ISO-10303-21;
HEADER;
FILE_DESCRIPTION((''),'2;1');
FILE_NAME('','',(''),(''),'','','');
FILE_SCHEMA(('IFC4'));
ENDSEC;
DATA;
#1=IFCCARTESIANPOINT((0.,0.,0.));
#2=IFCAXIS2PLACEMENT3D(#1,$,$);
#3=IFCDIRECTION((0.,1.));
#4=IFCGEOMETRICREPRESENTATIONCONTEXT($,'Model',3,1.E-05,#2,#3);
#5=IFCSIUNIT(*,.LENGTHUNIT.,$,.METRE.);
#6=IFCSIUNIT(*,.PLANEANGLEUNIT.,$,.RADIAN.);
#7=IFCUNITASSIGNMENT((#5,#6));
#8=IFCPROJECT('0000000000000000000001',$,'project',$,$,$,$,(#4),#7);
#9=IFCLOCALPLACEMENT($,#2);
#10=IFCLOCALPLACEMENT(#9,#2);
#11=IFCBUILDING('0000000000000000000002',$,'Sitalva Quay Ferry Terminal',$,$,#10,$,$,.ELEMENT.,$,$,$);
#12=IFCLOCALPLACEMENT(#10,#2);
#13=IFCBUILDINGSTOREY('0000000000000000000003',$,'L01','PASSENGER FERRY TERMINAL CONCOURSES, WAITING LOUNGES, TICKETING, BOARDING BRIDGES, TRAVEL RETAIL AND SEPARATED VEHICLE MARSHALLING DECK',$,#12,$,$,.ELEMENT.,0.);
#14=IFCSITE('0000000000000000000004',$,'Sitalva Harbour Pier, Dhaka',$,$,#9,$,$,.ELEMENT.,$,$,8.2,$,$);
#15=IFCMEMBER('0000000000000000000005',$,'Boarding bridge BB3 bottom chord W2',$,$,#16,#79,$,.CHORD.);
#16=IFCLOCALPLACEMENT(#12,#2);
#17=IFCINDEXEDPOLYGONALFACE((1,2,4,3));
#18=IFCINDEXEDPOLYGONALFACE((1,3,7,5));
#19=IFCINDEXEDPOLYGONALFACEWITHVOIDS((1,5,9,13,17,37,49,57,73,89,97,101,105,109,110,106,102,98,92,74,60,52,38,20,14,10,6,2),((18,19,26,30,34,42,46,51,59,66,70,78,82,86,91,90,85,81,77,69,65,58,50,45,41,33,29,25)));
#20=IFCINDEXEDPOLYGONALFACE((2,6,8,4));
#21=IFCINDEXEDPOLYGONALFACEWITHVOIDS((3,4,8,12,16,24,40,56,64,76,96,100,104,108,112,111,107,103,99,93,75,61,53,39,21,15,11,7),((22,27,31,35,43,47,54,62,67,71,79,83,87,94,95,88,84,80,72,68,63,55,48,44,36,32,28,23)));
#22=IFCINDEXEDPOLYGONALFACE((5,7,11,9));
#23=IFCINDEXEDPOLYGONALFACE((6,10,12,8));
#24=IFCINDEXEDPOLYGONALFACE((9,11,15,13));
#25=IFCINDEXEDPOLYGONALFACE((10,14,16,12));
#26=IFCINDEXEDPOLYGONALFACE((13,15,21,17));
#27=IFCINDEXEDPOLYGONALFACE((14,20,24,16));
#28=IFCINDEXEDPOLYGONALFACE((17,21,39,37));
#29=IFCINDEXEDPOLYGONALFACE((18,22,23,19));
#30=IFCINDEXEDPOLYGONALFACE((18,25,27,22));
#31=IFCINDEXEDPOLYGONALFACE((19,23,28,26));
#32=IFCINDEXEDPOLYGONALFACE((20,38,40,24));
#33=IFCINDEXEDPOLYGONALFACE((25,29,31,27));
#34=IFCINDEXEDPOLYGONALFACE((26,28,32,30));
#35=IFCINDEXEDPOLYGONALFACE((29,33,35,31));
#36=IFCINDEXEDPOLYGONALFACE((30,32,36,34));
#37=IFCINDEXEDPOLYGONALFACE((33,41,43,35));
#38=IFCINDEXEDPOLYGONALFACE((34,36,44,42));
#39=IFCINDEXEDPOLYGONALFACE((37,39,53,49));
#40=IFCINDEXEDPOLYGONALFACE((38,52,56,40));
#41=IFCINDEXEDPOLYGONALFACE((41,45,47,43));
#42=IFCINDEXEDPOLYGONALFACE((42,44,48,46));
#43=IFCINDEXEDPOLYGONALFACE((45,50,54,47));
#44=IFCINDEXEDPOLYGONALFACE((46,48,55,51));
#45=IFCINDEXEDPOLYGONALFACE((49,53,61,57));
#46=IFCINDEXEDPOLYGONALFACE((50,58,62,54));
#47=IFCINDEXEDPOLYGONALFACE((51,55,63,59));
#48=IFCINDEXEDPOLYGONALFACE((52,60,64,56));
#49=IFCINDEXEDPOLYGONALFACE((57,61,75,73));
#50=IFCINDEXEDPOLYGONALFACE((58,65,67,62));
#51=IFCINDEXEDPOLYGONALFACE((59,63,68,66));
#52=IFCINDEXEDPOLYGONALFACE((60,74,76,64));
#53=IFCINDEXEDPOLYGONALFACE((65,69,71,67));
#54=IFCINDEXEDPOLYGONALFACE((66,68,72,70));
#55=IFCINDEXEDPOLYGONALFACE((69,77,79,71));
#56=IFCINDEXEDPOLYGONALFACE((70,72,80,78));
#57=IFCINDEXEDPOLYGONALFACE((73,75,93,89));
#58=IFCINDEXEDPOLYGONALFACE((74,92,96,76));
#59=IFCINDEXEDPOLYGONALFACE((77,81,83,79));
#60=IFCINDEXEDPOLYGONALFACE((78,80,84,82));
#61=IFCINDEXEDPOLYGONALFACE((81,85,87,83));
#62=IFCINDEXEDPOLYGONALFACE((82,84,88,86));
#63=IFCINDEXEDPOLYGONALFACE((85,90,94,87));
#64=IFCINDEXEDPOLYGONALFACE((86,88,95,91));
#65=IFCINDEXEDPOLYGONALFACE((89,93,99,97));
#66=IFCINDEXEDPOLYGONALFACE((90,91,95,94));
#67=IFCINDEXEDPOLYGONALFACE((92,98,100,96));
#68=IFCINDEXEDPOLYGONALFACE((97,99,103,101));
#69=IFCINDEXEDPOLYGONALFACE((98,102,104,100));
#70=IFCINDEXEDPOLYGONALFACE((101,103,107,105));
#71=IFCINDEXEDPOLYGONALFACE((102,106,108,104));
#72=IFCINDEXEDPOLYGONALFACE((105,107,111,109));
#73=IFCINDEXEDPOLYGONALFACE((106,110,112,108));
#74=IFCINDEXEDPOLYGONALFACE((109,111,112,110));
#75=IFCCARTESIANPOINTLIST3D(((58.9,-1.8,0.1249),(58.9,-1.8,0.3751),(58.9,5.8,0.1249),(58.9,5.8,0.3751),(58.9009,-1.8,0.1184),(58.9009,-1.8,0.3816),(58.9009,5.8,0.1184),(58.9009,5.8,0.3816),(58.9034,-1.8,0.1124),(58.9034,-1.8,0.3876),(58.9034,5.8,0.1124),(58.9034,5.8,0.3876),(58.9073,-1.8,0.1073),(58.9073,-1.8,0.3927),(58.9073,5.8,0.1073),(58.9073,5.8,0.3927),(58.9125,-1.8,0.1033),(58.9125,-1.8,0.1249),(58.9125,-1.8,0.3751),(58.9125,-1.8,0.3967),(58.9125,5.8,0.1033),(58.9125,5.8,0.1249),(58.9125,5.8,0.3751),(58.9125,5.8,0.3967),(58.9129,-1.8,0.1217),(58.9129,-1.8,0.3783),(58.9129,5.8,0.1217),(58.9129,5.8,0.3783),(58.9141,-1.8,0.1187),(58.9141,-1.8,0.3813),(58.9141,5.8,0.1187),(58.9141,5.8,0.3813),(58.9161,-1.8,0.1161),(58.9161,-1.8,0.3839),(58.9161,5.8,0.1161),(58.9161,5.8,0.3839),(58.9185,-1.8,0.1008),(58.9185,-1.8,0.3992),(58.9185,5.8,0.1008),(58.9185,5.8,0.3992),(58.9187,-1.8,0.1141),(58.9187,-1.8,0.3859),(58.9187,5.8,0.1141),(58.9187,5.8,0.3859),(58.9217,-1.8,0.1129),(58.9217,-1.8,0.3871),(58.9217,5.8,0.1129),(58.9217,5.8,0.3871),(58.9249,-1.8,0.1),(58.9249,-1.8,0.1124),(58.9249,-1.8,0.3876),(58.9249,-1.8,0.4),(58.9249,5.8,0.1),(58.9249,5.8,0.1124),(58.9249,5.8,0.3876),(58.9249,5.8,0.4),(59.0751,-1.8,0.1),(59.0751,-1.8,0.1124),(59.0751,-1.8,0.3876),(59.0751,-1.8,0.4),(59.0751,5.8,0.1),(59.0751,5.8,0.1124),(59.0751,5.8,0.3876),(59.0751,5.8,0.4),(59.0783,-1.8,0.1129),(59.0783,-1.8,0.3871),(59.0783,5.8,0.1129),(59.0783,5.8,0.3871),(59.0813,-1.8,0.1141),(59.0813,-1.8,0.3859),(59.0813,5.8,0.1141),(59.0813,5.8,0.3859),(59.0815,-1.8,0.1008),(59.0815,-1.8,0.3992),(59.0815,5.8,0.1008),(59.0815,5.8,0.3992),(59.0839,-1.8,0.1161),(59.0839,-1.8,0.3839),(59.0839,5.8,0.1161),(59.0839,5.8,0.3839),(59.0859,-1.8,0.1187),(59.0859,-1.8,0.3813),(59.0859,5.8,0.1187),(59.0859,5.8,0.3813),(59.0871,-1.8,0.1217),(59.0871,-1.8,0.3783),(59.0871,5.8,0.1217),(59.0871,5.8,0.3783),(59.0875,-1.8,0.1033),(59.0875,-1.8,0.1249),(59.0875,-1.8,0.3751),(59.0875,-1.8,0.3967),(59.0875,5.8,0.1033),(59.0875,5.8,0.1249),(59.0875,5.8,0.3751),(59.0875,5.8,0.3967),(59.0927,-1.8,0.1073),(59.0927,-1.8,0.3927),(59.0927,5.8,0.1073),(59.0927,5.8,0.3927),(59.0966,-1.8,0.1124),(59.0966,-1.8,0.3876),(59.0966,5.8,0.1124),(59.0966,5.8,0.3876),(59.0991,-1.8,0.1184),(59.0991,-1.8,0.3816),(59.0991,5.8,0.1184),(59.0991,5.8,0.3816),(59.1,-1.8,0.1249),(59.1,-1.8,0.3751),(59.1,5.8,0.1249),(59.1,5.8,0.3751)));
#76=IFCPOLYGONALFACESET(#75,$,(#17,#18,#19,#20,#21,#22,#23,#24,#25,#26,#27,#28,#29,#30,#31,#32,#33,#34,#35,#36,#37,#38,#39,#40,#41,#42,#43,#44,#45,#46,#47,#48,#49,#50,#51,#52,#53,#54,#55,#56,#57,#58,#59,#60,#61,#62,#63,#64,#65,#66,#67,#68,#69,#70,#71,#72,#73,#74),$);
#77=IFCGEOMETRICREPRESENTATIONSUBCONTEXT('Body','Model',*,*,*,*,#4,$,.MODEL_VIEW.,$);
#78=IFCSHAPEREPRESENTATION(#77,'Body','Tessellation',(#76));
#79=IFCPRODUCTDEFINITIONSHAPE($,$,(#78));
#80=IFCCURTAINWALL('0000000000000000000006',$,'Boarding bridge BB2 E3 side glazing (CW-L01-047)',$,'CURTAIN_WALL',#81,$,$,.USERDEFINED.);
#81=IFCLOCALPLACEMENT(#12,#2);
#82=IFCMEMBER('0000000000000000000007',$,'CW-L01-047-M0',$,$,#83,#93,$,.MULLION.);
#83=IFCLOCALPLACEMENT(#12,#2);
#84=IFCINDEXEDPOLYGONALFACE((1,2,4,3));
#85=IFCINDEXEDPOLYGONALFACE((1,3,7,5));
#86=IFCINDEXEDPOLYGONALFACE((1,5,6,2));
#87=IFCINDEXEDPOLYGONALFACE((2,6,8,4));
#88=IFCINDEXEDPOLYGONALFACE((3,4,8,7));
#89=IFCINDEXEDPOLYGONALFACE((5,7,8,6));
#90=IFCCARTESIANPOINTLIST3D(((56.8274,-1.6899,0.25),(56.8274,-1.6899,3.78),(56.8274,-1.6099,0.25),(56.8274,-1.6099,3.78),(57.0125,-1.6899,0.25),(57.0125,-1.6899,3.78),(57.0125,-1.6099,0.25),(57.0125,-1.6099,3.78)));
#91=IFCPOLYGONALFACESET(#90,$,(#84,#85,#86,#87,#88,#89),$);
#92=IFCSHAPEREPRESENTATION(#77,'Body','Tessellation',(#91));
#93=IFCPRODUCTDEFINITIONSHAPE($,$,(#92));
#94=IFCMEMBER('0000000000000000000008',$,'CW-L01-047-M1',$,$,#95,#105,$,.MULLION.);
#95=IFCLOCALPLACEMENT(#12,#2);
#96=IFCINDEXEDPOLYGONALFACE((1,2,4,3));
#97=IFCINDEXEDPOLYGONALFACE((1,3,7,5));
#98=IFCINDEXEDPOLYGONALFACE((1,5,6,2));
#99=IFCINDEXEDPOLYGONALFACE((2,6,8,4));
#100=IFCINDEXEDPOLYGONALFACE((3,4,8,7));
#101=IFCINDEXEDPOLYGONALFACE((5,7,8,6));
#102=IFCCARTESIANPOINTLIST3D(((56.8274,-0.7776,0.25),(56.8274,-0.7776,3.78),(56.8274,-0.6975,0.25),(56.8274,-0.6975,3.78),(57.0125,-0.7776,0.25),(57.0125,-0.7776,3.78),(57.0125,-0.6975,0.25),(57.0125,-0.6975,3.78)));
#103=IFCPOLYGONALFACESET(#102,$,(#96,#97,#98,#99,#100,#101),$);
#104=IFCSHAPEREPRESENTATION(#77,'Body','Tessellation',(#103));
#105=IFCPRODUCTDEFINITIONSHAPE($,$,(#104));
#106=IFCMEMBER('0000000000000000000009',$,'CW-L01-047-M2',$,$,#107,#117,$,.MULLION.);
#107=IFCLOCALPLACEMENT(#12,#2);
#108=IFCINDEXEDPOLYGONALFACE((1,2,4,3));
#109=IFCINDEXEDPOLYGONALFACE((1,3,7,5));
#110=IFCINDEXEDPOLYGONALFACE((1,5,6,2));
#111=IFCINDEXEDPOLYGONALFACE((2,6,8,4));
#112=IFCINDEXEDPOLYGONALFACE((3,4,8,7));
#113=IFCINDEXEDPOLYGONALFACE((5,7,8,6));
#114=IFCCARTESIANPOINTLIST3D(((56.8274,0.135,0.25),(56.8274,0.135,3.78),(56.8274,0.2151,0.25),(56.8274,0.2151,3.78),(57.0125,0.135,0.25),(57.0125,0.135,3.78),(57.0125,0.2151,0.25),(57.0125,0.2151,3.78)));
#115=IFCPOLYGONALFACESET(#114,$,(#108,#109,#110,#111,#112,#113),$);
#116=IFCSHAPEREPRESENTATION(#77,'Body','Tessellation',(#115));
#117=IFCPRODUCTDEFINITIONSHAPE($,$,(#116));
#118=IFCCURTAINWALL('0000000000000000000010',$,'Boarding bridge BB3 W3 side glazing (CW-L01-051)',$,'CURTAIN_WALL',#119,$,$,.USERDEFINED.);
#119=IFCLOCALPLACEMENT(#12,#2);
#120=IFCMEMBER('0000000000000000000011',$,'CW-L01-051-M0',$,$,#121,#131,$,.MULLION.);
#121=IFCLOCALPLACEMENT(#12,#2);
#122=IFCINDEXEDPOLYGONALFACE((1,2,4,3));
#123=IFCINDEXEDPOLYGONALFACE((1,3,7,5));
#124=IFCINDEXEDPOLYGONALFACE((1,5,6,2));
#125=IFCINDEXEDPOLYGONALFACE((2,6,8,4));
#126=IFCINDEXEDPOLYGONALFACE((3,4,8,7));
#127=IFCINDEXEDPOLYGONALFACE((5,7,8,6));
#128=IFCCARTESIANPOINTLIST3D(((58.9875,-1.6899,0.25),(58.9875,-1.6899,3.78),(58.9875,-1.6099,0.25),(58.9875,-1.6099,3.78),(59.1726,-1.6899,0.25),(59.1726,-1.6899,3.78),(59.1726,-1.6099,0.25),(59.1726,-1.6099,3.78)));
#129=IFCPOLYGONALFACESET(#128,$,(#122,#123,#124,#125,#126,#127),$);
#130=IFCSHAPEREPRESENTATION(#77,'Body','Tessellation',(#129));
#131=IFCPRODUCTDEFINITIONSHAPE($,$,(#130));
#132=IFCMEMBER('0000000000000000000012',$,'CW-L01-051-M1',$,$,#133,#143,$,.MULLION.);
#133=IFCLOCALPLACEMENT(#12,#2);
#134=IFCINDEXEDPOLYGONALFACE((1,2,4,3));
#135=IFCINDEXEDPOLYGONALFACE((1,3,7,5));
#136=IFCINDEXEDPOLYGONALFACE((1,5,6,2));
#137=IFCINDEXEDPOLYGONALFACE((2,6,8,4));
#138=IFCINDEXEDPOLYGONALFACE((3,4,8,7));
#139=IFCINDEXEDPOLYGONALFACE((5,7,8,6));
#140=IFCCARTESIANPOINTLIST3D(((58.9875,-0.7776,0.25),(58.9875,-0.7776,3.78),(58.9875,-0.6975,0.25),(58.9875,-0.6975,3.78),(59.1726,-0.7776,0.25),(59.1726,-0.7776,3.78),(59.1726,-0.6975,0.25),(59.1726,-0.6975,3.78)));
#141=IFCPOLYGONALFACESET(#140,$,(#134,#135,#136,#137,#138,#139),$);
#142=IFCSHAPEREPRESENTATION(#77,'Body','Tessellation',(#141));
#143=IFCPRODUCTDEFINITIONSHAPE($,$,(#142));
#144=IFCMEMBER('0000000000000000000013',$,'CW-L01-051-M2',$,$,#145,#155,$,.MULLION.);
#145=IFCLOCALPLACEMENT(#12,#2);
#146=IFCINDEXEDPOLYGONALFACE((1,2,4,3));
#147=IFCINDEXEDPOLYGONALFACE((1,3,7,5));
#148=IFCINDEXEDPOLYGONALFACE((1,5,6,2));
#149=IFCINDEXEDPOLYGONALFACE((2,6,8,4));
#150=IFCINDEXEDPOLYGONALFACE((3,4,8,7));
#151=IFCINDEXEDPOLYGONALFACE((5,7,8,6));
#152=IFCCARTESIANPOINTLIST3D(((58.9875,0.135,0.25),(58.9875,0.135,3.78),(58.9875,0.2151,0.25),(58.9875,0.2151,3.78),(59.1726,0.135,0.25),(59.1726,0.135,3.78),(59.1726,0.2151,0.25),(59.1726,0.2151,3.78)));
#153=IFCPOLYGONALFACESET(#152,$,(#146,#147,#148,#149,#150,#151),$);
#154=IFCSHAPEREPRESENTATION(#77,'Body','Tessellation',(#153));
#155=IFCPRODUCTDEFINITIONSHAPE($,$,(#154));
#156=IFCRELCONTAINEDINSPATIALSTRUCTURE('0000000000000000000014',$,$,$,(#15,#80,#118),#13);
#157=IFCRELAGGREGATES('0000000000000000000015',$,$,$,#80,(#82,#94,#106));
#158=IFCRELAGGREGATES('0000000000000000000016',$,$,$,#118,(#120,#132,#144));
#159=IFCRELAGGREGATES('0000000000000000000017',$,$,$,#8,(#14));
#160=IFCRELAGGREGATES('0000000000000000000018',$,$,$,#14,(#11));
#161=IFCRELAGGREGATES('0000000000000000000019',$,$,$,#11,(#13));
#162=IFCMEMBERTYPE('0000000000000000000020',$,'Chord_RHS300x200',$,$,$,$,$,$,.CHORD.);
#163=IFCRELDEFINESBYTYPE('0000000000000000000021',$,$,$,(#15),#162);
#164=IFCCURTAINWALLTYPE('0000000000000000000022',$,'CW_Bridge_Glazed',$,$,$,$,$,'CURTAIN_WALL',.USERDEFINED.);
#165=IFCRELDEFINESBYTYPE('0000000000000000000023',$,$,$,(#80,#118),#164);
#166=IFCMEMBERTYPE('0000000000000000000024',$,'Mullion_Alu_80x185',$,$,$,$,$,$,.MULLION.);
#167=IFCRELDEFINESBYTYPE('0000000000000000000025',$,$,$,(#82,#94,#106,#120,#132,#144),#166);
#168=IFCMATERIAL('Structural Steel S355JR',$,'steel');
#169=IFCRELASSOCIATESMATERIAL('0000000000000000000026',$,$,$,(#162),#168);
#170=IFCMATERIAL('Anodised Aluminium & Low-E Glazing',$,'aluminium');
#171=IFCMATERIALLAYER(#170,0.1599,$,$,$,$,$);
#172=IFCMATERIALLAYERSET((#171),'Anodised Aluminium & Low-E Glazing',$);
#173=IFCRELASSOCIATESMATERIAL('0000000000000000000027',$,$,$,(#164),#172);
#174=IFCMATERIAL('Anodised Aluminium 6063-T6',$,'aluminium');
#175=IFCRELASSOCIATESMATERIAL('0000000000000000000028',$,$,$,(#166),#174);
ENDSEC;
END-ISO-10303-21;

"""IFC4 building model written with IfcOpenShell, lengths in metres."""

from ifc_helpers import new_model, si_unit, direction, frame, origin, origin_2d, place, context, subcontext, project, spatial, rectangle, hollow_rectangle, extrude, material, layer, layer_set, material_profile, profile_set, type_object, element, aggregate, save


model = new_model("IFC4")

# Units and contexts
model_context = context("Model", 3, precision=1e-05, world=origin(), true_north=direction((0.0, 1.0)))
body_context = subcontext(model_context, "Body", "Model", "MODEL_VIEW")
ifc_project = project(units=[si_unit("LENGTHUNIT", "METRE"), si_unit("PLANEANGLEUNIT", "RADIAN")], contexts=[model_context])

# Site, building, storey
site_placement = place(None, origin())
site = spatial("IfcSite", under=ifc_project, at=site_placement, Name="Sitalva Harbour Pier, Dhaka", CompositionType="ELEMENT", RefElevation=8.2)
building_placement = place(site_placement, origin())
building = spatial("IfcBuilding", under=site, at=building_placement, Name="Sitalva Quay Ferry Terminal", CompositionType="ELEMENT")
storey_placement = place(building_placement, origin())
storey = spatial("IfcBuildingStorey", under=building, at=storey_placement, Name="L01", Description="PASSENGER FERRY TERMINAL CONCOURSES, WAITING LOUNGES, TICKETING, BOARDING BRIDGES, TRAVEL RETAIL AND SEPARATED VEHICLE MARSHALLING DECK", CompositionType="ELEMENT", Elevation=0.0)

# Member
ifc_material_1 = material(Name="Structural Steel S355JR", Category="steel")
ifc_material_profile_1 = material_profile(ifc_material_1, hollow_rectangle(XDim=0.2, YDim=0.3, WallThickness=0.0125, InnerFilletRadius=0.0125, OuterFilletRadius=0.0249, at=origin_2d()), Name="RHS300x200x12.5")
ifc_profile_set_1 = profile_set([ifc_material_profile_1], Name="Structural Steel S355JR")
member_type_1 = type_object("IfcMemberType", Name="Chord_RHS300x200", PredefinedType="CHORD", material=ifc_profile_set_1)
for number, where, z_axis, x_axis, name in (
    (1, (59.0, -1.8, 0.25), (0.0, 1.0, 0.0), (-1.0, 0.0, 0.0), "Boarding bridge BB3 bottom chord W2"),
):
    element("IfcMember", number, at=place(storey_placement, frame(where, z_axis=z_axis, x_axis=x_axis)), inside=storey, type_object=member_type_1, Name=name, PredefinedType="CHORD", context=body_context, shape_type="SweptSolid", body=[
        extrude(hollow_rectangle(XDim=0.2, YDim=0.3, WallThickness=0.0125, InnerFilletRadius=0.0125, OuterFilletRadius=0.0249, at=origin_2d()), origin(), (0.0, 0.0, 1.0), 7.6001),
    ])

# Curtain walls, members
ifc_material_2 = material(Name="Anodised Aluminium & Low-E Glazing", Category="aluminium")
ifc_layer_1 = layer(ifc_material_2, 0.1599)
ifc_layer_set_1 = layer_set([ifc_layer_1], Name="Anodised Aluminium & Low-E Glazing")
curtain_wall_type = type_object("IfcCurtainWallType", Name="CW_Bridge_Glazed", ElementType="CURTAIN_WALL", PredefinedType="USERDEFINED", material=ifc_layer_set_1)
curtain_wall_1_placement = place(storey_placement, origin())
curtain_wall_1 = element("IfcCurtainWall", 2, at=curtain_wall_1_placement, inside=storey, type_object=curtain_wall_type, Name="Boarding bridge BB2 E3 side glazing (CW-L01-047)", ObjectType="CURTAIN_WALL", PredefinedType="USERDEFINED")
ifc_material_3 = material(Name="Anodised Aluminium 6063-T6", Category="aluminium")
ifc_material_profile_2 = material_profile(ifc_material_3, rectangle(XDim=0.0801, YDim=0.1851, at=origin_2d()), Name="ALU80x185")
ifc_profile_set_2 = profile_set([ifc_material_profile_2], Name="Anodised Aluminium 6063-T6")
member_type_2 = type_object("IfcMemberType", Name="Mullion_Alu_80x185", PredefinedType="MULLION", material=ifc_profile_set_2)
member_1_placement = place(storey_placement, frame((56.9199, -1.6499, 0.25), z_axis=(0.0, 0.0, 1.0), x_axis=(0.0, 1.0, 0.0)))
member_1 = element("IfcMember", 3, at=member_1_placement, type_object=member_type_2, Name="CW-L01-047-M0", PredefinedType="MULLION", context=body_context, shape_type="SweptSolid", body=[
    extrude(rectangle(XDim=0.0801, YDim=0.1851, at=origin_2d()), origin(), (0.0, 0.0, 1.0), 3.53),
])
member_2_placement = place(storey_placement, frame((56.9199, -0.7375, 0.25), z_axis=(0.0, 0.0, 1.0), x_axis=(0.0, 1.0, 0.0)))
member_2 = element("IfcMember", 4, at=member_2_placement, type_object=member_type_2, Name="CW-L01-047-M1", PredefinedType="MULLION", context=body_context, shape_type="SweptSolid", body=[
    extrude(rectangle(XDim=0.0801, YDim=0.1851, at=origin_2d()), origin(), (0.0, 0.0, 1.0), 3.53),
])
member_3_placement = place(storey_placement, frame((56.9199, 0.175, 0.25), z_axis=(0.0, 0.0, 1.0), x_axis=(0.0, 1.0, 0.0)))
member_3 = element("IfcMember", 5, at=member_3_placement, type_object=member_type_2, Name="CW-L01-047-M2", PredefinedType="MULLION", context=body_context, shape_type="SweptSolid", body=[
    extrude(rectangle(XDim=0.0801, YDim=0.1851, at=origin_2d()), origin(), (0.0, 0.0, 1.0), 3.53),
])
curtain_wall_2_placement = place(storey_placement, origin())
curtain_wall_2 = element("IfcCurtainWall", 6, at=curtain_wall_2_placement, inside=storey, type_object=curtain_wall_type, Name="Boarding bridge BB3 W3 side glazing (CW-L01-051)", ObjectType="CURTAIN_WALL", PredefinedType="USERDEFINED")
member_4_placement = place(storey_placement, frame((59.0801, -1.6499, 0.25), z_axis=(0.0, 0.0, 1.0), x_axis=(0.0, 1.0, 0.0)))
member_4 = element("IfcMember", 7, at=member_4_placement, type_object=member_type_2, Name="CW-L01-051-M0", PredefinedType="MULLION", context=body_context, shape_type="SweptSolid", body=[
    extrude(rectangle(XDim=0.0801, YDim=0.1851, at=origin_2d()), origin(), (0.0, 0.0, 1.0), 3.53),
])
member_5_placement = place(storey_placement, frame((59.0801, -0.7375, 0.25), z_axis=(0.0, 0.0, 1.0), x_axis=(0.0, 1.0, 0.0)))
member_5 = element("IfcMember", 8, at=member_5_placement, type_object=member_type_2, Name="CW-L01-051-M1", PredefinedType="MULLION", context=body_context, shape_type="SweptSolid", body=[
    extrude(rectangle(XDim=0.0801, YDim=0.1851, at=origin_2d()), origin(), (0.0, 0.0, 1.0), 3.53),
])
member_6_placement = place(storey_placement, frame((59.0801, 0.175, 0.25), z_axis=(0.0, 0.0, 1.0), x_axis=(0.0, 1.0, 0.0)))
member_6 = element("IfcMember", 9, at=member_6_placement, type_object=member_type_2, Name="CW-L01-051-M2", PredefinedType="MULLION", context=body_context, shape_type="SweptSolid", body=[
    extrude(rectangle(XDim=0.0801, YDim=0.1851, at=origin_2d()), origin(), (0.0, 0.0, 1.0), 3.53),
])

aggregate(curtain_wall_1, [member_1, member_2, member_3])
aggregate(curtain_wall_2, [member_4, member_5, member_6])

save(model, "model.ifc")
